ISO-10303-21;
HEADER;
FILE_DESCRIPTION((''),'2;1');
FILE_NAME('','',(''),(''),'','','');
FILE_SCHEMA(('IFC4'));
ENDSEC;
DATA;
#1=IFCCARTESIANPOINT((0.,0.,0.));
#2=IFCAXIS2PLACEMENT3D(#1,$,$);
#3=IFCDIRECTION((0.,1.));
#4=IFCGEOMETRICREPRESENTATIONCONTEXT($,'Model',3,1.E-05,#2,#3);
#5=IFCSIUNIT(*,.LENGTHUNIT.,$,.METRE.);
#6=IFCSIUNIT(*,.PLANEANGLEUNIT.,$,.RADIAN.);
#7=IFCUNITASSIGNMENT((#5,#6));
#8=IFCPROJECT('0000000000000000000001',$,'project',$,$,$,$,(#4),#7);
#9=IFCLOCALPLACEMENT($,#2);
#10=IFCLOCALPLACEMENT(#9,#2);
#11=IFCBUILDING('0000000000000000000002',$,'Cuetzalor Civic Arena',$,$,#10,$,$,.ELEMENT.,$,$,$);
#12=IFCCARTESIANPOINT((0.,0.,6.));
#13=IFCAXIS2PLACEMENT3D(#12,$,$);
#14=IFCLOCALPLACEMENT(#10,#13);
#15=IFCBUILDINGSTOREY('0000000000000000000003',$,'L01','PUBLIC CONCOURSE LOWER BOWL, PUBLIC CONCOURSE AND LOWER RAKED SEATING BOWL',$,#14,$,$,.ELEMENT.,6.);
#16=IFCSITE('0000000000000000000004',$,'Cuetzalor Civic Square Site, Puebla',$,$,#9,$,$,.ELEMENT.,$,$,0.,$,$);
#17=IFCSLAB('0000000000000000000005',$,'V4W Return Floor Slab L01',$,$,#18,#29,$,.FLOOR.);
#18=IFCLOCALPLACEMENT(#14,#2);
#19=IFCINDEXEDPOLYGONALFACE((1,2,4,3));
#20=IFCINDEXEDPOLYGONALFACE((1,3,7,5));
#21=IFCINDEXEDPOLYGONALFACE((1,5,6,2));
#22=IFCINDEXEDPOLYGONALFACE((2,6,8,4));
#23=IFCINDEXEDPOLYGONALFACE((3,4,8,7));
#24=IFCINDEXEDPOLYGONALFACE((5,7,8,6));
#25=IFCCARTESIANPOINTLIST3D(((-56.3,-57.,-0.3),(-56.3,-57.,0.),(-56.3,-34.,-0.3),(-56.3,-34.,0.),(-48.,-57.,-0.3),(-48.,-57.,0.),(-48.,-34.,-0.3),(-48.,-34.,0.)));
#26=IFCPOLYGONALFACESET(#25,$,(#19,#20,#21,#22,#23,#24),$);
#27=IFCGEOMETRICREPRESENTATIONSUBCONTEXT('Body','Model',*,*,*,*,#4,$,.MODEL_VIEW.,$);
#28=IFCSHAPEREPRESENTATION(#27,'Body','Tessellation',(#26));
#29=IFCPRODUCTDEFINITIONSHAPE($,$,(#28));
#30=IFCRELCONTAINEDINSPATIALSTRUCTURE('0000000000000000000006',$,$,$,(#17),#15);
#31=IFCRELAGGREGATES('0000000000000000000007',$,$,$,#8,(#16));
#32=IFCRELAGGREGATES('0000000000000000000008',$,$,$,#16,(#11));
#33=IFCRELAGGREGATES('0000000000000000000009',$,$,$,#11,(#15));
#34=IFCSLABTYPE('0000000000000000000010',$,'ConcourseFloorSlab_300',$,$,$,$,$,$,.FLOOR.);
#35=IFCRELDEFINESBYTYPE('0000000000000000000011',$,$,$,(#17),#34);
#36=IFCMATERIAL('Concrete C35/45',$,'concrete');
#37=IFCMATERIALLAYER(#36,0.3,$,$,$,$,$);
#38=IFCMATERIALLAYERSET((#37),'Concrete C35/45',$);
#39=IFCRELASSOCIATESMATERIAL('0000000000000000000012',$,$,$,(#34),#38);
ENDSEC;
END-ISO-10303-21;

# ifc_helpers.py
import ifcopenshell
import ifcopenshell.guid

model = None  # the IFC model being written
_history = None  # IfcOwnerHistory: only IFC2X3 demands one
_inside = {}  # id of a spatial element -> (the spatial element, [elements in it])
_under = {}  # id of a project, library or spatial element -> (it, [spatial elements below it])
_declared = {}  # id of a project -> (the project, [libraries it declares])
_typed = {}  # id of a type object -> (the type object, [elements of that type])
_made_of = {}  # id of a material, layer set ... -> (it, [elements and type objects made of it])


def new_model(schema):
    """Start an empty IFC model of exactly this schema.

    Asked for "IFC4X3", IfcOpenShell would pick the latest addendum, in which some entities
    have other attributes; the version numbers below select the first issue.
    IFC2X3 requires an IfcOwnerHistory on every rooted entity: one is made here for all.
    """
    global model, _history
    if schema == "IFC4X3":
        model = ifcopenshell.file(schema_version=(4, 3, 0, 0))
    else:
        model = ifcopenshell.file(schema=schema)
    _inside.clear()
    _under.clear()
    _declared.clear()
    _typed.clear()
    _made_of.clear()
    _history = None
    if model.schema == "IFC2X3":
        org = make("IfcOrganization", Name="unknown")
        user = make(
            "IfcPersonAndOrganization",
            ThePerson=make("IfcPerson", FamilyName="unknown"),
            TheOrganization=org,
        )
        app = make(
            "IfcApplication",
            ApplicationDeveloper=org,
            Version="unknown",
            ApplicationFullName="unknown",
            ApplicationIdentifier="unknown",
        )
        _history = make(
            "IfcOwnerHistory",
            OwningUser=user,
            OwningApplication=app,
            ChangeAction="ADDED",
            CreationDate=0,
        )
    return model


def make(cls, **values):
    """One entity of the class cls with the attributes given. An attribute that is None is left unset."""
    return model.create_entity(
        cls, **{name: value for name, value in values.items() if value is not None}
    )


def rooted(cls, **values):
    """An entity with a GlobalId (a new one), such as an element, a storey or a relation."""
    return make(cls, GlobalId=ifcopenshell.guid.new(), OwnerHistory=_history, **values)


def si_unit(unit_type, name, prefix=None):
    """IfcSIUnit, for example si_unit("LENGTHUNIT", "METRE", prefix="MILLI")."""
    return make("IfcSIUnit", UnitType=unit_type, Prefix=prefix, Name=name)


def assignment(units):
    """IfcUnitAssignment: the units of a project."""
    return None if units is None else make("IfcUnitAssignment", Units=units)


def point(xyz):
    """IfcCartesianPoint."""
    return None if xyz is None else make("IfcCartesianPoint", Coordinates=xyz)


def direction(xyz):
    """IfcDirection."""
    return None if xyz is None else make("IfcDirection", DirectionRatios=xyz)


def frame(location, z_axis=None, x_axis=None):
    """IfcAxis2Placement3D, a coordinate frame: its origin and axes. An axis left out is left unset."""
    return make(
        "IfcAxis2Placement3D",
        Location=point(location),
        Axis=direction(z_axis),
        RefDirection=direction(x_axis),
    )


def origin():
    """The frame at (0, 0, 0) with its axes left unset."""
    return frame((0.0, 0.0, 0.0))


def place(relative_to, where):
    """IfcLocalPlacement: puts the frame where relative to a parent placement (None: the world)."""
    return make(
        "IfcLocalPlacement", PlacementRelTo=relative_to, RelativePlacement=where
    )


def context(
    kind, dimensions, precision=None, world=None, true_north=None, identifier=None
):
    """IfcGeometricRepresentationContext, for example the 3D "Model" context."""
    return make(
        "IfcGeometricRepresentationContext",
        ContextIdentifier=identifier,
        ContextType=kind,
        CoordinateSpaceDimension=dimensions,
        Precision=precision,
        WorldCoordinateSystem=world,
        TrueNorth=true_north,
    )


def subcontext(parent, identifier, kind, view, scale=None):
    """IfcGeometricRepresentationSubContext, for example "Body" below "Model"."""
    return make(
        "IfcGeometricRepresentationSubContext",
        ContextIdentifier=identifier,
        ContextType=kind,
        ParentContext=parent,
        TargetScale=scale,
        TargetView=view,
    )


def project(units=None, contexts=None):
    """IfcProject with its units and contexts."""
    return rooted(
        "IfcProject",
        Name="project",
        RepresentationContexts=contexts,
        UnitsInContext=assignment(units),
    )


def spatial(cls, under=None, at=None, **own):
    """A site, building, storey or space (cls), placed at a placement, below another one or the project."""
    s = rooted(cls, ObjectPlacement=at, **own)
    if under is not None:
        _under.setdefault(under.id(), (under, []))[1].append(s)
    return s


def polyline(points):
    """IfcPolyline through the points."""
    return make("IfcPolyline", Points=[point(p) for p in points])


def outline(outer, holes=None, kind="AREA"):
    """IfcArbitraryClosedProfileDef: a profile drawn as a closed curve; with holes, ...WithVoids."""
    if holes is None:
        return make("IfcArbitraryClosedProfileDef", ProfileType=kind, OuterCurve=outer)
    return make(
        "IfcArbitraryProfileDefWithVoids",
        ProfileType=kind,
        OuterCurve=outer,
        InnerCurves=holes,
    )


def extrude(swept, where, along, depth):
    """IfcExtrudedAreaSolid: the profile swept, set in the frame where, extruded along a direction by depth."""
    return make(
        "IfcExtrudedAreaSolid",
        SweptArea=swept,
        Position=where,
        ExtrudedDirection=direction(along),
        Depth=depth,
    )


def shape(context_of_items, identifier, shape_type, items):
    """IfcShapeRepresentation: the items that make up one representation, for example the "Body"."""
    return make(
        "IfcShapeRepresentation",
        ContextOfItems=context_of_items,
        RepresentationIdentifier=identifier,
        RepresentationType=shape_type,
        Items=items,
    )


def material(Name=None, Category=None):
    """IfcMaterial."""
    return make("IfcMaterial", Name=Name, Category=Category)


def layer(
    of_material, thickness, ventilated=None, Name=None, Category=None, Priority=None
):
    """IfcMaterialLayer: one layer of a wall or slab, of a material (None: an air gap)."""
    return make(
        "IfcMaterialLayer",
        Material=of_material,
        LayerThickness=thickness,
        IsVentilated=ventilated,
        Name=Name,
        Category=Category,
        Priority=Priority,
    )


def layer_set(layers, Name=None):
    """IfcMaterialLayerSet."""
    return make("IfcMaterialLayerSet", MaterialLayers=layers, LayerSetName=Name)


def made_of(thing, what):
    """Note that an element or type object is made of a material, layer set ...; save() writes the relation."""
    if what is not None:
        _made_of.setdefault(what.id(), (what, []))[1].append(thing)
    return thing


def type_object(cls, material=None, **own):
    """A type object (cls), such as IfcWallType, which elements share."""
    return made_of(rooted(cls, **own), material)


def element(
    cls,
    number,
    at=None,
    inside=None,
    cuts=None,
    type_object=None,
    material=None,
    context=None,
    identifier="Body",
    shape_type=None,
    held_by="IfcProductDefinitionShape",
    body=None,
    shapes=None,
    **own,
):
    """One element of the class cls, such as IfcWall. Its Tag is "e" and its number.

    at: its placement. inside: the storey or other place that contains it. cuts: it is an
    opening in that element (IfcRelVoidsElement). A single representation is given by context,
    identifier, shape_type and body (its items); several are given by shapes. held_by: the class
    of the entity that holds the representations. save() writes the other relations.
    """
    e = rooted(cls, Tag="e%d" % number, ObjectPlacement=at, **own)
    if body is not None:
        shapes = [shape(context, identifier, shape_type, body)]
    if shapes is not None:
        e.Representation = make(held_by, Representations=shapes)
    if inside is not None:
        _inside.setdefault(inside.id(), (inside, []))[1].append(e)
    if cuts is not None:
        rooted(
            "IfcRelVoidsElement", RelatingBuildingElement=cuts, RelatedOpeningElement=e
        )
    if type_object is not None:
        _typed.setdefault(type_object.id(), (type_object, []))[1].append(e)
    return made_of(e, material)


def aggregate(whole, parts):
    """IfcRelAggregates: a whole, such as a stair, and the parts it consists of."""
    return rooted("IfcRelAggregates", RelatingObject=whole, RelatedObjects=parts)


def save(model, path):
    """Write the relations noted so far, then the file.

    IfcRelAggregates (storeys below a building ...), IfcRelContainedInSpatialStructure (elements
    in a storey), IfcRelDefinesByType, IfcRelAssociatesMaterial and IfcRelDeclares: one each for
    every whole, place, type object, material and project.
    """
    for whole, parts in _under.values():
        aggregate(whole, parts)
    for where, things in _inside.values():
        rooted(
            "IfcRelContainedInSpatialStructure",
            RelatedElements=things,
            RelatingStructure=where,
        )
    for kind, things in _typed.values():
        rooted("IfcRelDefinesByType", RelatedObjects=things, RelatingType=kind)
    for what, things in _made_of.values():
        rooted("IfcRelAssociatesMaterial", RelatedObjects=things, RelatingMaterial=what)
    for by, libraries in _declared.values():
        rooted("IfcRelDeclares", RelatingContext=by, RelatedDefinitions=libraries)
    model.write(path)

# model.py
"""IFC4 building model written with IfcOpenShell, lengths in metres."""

from ifc_helpers import new_model, si_unit, direction, frame, origin, place, context, subcontext, project, spatial, polyline, outline, extrude, material, layer, layer_set, type_object, element, save


model = new_model("IFC4")

# Units and contexts
model_context = context("Model", 3, precision=1e-05, world=origin(), true_north=direction((0.0, 1.0)))
body_context = subcontext(model_context, "Body", "Model", "MODEL_VIEW")
ifc_project = project(units=[si_unit("LENGTHUNIT", "METRE"), si_unit("PLANEANGLEUNIT", "RADIAN")], contexts=[model_context])

# Site, building, storey
site_placement = place(None, origin())
site = spatial("IfcSite", under=ifc_project, at=site_placement, Name="Cuetzalor Civic Square Site, Puebla", CompositionType="ELEMENT", RefElevation=0.0)
building_placement = place(site_placement, origin())
building = spatial("IfcBuilding", under=site, at=building_placement, Name="Cuetzalor Civic Arena", CompositionType="ELEMENT")
storey_placement = place(building_placement, frame((0.0, 0.0, 6.0)))
storey = spatial("IfcBuildingStorey", under=building, at=storey_placement, Name="L01", Description="PUBLIC CONCOURSE LOWER BOWL, PUBLIC CONCOURSE AND LOWER RAKED SEATING BOWL", CompositionType="ELEMENT", Elevation=6.0)

# Slab
ifc_material_1 = material(Name="Concrete C35/45", Category="concrete")
ifc_layer = layer(ifc_material_1, 0.3)
ifc_layer_set = layer_set([ifc_layer], Name="Concrete C35/45")
slab_type = type_object("IfcSlabType", Name="ConcourseFloorSlab_300", PredefinedType="FLOOR", material=ifc_layer_set)
slab_1_placement = place(storey_placement, frame((0.0, 0.0, -0.3)))
element("IfcSlab", 1, at=slab_1_placement, inside=storey, type_object=slab_type, Name="V4W Return Floor Slab L01", PredefinedType="FLOOR", context=body_context, shape_type="SweptSolid", body=[
    extrude(outline(polyline([(-56.3, -57.0), (-48.0, -57.0), (-48.0, -34.0), (-56.3, -34.0), (-56.3, -57.0)])), origin(), (0.0, 0.0, 1.0), 0.3),
])

save(model, "model.ifc")
